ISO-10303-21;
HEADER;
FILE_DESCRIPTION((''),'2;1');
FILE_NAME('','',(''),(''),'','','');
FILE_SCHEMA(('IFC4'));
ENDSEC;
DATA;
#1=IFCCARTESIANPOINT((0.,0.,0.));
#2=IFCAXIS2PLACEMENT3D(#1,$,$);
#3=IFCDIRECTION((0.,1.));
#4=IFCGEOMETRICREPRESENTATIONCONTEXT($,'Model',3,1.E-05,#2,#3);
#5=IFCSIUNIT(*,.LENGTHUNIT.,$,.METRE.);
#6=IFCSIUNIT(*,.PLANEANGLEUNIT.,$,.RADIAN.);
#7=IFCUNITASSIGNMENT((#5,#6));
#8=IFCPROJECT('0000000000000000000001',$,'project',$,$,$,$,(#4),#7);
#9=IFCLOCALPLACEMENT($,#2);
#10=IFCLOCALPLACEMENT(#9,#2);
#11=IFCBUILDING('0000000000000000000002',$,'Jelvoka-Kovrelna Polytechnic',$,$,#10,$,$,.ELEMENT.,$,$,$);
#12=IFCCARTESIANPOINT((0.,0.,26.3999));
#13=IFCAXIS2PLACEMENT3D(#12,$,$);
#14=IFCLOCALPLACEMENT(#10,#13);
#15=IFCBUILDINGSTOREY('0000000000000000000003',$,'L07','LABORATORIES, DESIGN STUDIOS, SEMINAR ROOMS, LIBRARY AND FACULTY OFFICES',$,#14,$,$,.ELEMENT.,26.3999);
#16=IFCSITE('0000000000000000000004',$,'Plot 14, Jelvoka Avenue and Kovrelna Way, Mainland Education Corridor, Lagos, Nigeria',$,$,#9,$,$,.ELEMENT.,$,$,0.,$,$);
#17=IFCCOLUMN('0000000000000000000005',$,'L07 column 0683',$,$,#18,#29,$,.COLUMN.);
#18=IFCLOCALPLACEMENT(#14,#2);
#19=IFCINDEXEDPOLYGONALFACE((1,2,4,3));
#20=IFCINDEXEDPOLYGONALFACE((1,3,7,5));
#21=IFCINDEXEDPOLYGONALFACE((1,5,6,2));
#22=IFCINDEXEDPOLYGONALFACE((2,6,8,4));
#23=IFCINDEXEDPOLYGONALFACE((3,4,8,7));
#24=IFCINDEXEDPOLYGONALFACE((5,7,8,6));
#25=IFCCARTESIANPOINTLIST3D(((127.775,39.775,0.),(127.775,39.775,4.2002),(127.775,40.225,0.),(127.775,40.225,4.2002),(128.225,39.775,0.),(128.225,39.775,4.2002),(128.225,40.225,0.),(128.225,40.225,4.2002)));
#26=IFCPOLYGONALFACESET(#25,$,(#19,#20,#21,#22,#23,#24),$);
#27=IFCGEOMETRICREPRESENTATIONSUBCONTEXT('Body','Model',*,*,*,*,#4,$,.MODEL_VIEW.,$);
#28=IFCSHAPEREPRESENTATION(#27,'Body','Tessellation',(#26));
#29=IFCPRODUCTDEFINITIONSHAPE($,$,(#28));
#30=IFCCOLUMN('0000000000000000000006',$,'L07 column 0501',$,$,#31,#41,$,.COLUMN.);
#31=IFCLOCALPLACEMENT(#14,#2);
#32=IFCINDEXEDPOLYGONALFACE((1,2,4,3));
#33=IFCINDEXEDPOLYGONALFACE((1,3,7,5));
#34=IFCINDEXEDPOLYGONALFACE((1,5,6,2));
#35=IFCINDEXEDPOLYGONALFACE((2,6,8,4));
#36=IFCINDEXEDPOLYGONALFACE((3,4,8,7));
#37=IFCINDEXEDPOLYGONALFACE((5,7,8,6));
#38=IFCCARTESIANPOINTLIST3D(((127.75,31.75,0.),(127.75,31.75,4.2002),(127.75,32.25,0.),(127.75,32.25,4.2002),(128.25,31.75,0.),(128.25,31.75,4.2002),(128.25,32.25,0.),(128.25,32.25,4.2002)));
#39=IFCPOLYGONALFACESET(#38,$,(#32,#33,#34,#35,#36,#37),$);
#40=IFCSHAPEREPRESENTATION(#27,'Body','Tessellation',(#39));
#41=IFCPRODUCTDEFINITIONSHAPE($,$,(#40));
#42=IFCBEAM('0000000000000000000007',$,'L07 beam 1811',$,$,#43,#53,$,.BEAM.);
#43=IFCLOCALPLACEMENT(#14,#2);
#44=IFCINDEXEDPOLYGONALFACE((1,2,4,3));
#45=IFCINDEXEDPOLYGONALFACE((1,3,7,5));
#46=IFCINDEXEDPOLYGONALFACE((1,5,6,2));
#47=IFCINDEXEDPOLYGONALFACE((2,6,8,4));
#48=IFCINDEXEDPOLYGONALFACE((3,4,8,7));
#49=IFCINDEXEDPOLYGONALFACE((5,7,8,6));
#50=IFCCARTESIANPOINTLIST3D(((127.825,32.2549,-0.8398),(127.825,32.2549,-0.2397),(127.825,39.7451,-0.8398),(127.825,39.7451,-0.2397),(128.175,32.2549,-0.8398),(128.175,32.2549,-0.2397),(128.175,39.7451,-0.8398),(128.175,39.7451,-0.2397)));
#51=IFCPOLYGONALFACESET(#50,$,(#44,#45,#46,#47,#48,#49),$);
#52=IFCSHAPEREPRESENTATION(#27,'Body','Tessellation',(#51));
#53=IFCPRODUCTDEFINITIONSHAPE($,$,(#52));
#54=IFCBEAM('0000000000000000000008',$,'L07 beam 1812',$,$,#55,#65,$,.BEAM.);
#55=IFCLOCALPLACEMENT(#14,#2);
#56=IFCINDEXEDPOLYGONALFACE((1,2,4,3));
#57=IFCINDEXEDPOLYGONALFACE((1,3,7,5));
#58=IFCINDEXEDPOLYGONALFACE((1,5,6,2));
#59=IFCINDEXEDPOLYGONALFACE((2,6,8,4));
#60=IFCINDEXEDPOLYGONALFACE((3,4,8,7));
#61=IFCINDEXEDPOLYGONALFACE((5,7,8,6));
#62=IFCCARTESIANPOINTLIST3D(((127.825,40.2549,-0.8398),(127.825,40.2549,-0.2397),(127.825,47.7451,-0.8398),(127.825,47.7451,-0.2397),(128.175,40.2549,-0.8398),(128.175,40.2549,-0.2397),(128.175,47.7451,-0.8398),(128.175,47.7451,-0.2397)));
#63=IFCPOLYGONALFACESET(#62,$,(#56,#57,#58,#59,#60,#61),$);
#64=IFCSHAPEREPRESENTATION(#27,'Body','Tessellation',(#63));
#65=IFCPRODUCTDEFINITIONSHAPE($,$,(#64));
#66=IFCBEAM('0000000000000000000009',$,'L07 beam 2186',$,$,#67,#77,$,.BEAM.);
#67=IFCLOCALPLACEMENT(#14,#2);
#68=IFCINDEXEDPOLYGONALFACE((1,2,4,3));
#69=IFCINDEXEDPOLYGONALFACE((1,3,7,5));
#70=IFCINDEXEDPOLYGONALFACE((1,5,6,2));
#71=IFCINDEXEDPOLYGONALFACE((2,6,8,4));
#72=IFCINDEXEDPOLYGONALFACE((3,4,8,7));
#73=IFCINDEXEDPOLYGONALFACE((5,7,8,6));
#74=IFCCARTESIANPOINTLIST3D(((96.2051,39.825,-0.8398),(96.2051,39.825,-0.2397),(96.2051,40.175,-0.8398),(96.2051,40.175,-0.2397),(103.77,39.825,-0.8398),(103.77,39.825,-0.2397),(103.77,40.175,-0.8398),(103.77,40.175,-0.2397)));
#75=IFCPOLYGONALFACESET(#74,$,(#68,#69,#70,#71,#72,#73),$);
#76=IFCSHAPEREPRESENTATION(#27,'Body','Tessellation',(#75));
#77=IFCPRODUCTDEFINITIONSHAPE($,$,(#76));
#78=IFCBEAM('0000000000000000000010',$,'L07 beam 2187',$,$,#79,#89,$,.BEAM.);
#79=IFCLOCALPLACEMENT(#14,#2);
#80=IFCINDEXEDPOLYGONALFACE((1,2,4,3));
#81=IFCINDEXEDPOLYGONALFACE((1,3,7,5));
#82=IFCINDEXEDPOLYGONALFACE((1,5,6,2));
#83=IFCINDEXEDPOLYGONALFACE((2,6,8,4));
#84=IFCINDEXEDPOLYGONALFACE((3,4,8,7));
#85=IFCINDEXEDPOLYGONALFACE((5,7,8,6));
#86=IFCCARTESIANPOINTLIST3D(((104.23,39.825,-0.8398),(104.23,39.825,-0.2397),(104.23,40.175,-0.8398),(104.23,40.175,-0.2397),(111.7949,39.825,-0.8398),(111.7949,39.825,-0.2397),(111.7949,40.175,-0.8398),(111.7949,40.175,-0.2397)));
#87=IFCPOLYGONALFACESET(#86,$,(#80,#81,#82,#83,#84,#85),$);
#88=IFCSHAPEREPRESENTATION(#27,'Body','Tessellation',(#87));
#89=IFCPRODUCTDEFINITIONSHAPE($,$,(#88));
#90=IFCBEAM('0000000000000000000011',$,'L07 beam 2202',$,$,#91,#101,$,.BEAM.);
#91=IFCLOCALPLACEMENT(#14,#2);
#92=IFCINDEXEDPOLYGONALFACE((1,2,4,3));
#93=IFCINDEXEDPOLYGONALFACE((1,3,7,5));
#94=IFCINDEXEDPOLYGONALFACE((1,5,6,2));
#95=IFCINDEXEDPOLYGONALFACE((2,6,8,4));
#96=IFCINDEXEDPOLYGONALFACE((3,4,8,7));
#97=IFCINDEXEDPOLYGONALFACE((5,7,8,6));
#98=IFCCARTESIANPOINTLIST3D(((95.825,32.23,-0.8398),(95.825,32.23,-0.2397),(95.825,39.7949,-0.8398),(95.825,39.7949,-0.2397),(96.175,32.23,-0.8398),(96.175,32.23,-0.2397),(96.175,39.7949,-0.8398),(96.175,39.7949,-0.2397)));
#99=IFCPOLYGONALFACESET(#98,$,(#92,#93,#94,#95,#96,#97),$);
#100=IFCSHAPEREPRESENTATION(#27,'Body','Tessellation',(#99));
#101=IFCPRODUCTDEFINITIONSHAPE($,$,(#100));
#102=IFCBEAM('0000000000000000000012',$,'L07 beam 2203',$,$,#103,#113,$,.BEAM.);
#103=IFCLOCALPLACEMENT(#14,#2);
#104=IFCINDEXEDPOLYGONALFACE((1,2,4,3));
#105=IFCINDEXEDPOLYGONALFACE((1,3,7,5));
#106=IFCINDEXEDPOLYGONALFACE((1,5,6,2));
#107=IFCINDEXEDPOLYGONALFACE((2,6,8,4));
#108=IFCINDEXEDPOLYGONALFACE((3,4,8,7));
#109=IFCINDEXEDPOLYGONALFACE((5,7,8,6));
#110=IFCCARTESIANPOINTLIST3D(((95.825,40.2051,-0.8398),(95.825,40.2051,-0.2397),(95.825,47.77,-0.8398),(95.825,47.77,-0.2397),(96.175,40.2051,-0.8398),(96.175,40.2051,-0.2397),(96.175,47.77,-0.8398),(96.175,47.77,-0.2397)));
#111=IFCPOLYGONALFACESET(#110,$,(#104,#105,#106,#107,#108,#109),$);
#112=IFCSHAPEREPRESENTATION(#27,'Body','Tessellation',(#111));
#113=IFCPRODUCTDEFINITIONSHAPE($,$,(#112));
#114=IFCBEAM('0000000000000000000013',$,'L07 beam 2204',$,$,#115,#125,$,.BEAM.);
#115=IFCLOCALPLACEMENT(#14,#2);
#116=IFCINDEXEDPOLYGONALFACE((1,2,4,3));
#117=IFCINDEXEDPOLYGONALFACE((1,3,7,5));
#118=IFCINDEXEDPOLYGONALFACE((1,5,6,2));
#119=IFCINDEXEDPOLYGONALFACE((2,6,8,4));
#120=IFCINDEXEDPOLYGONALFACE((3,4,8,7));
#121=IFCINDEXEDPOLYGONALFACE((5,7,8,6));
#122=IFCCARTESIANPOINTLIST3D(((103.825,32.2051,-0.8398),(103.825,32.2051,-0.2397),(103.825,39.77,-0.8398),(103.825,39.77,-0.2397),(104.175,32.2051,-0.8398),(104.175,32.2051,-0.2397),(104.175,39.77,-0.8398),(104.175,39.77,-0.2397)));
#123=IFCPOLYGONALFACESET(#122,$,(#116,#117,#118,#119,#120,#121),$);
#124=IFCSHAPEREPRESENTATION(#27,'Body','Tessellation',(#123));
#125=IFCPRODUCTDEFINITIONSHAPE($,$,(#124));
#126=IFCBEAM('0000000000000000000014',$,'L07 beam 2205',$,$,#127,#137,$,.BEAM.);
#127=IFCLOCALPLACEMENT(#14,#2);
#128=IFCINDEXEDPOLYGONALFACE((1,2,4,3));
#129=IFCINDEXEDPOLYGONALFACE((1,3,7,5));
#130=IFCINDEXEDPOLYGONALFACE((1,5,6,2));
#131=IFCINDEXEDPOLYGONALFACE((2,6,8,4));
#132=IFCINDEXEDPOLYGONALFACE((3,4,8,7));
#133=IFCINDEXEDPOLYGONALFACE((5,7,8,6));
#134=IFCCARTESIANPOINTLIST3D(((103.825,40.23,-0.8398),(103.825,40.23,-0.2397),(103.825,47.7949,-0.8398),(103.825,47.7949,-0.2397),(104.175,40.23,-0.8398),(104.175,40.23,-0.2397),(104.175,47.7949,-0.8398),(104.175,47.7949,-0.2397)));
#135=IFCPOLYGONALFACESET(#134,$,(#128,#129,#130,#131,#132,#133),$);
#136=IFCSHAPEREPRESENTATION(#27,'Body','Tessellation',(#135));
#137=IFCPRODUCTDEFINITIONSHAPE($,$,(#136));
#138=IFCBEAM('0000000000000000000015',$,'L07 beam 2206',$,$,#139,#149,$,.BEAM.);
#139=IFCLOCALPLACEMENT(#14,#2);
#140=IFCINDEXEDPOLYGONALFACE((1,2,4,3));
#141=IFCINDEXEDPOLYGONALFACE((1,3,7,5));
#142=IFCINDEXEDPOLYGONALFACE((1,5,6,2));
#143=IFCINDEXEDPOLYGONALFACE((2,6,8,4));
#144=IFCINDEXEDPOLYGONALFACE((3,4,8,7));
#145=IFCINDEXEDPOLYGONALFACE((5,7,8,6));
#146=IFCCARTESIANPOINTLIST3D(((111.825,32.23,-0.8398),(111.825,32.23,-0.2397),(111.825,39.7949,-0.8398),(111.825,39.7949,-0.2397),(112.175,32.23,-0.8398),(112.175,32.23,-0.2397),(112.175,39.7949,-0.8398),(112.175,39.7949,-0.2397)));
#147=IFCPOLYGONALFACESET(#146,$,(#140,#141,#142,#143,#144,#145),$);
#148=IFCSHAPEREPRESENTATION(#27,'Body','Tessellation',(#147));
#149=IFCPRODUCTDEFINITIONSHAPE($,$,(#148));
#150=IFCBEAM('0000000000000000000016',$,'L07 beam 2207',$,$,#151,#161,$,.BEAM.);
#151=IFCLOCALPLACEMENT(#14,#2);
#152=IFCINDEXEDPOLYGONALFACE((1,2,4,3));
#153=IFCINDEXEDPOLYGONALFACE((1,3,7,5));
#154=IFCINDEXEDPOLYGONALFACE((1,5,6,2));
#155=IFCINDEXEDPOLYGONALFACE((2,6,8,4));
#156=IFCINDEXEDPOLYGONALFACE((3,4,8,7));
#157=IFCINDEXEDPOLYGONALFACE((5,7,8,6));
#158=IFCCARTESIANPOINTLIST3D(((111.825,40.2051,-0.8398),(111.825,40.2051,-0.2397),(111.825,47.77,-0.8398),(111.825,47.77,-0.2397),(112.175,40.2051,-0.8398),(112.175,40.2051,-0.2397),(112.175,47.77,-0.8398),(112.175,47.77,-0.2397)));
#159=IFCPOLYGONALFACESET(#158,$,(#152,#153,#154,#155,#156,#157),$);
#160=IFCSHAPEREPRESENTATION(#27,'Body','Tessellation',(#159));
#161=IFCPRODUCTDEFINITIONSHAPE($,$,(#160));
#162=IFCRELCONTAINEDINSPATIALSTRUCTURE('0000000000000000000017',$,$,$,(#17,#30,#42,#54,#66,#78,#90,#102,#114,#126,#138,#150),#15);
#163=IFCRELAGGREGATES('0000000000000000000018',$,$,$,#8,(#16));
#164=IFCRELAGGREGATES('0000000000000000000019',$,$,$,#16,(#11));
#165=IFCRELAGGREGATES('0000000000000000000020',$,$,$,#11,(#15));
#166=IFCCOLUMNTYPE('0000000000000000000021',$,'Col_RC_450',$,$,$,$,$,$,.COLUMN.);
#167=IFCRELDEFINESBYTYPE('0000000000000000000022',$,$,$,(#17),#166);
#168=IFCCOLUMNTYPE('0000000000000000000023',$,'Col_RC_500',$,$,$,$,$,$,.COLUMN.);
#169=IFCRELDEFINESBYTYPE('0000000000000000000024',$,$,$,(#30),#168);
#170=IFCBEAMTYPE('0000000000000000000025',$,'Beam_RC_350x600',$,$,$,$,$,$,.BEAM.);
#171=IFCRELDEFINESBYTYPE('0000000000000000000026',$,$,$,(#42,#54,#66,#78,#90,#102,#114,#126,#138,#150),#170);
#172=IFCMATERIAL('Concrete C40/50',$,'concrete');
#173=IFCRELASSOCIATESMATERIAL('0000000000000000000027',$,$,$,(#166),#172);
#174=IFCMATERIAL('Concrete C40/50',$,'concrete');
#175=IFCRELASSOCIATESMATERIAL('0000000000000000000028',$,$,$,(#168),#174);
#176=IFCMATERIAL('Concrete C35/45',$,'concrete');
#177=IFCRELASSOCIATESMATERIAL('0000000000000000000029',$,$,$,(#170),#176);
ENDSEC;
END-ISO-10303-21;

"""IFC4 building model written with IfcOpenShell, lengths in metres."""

from ifc_helpers import new_model, si_unit, direction, frame, origin, origin_2d, place, context, subcontext, project, spatial, rectangle, extrude, material, material_profile, profile_set, type_object, element, save


model = new_model("IFC4")

# Units and contexts
model_context = context("Model", 3, precision=1e-05, world=origin(), true_north=direction((0.0, 1.0)))
body_context = subcontext(model_context, "Body", "Model", "MODEL_VIEW")
ifc_project = project(units=[si_unit("LENGTHUNIT", "METRE"), si_unit("PLANEANGLEUNIT", "RADIAN")], contexts=[model_context])

# Site, building, storey
site_placement = place(None, origin())
site = spatial("IfcSite", under=ifc_project, at=site_placement, Name="Plot 14, Jelvoka Avenue and Kovrelna Way, Mainland Education Corridor, Lagos, Nigeria", CompositionType="ELEMENT", RefElevation=0.0)
building_placement = place(site_placement, origin())
building = spatial("IfcBuilding", under=site, at=building_placement, Name="Jelvoka-Kovrelna Polytechnic", CompositionType="ELEMENT")
storey_placement = place(building_placement, frame((0.0, 0.0, 26.3999)))
storey = spatial("IfcBuildingStorey", under=building, at=storey_placement, Name="L07", Description="LABORATORIES, DESIGN STUDIOS, SEMINAR ROOMS, LIBRARY AND FACULTY OFFICES", CompositionType="ELEMENT", Elevation=26.3999)

# Columns
ifc_material_1 = material(Name="Concrete C40/50", Category="concrete")
ifc_material_profile_1 = material_profile(ifc_material_1, rectangle(XDim=0.45, YDim=0.45, at=origin_2d()), Name="RC 450x450")
ifc_profile_set_1 = profile_set([ifc_material_profile_1], Name="Concrete C40/50")
column_type_1 = type_object("IfcColumnType", Name="Col_RC_450", PredefinedType="COLUMN", material=ifc_profile_set_1)
column_1_placement = place(storey_placement, frame((128.0, 40.0, 0.0), z_axis=(0.0, 0.0, 1.0), x_axis=(1.0, 0.0, 0.0)))
element("IfcColumn", 1, at=column_1_placement, inside=storey, type_object=column_type_1, Name="L07 column 0683", PredefinedType="COLUMN", context=body_context, shape_type="SweptSolid", body=[
    extrude(rectangle(XDim=0.45, YDim=0.45, at=origin_2d()), origin(), (0.0, 0.0, 1.0), 4.2002),
])
ifc_material_2 = material(Name="Concrete C40/50", Category="concrete")
ifc_material_profile_2 = material_profile(ifc_material_2, rectangle(XDim=0.5, YDim=0.5, at=origin_2d()), Name="RC 500x500")
ifc_profile_set_2 = profile_set([ifc_material_profile_2], Name="Concrete C40/50")
column_type_2 = type_object("IfcColumnType", Name="Col_RC_500", PredefinedType="COLUMN", material=ifc_profile_set_2)
column_2_placement = place(storey_placement, frame((128.0, 32.0, 0.0), z_axis=(0.0, 0.0, 1.0), x_axis=(1.0, 0.0, 0.0)))
element("IfcColumn", 2, at=column_2_placement, inside=storey, type_object=column_type_2, Name="L07 column 0501", PredefinedType="COLUMN", context=body_context, shape_type="SweptSolid", body=[
    extrude(rectangle(XDim=0.5, YDim=0.5, at=origin_2d()), origin(), (0.0, 0.0, 1.0), 4.2002),
])

# Beams
ifc_material_3 = material(Name="Concrete C35/45", Category="concrete")
ifc_material_profile_3 = material_profile(ifc_material_3, rectangle(XDim=0.3501, YDim=0.6001, at=origin_2d()), Name="RC 350x600")
ifc_profile_set_3 = profile_set([ifc_material_profile_3], Name="Concrete C35/45")
beam_type_1 = type_object("IfcBeamType", Name="Beam_RC_350x600", PredefinedType="BEAM", material=ifc_profile_set_3)
for number, where, z_axis, x_axis, name in (
    (3, (128.0, 32.2549, -0.5398), (0.0, 1.0, 0.0), (-1.0, 0.0, 0.0), "L07 beam 1811"),
    (4, (128.0, 40.2549, -0.5398), (0.0, 1.0, 0.0), (-1.0, 0.0, 0.0), "L07 beam 1812"),
):
    element("IfcBeam", number, at=place(storey_placement, frame(where, z_axis=z_axis, x_axis=x_axis)), inside=storey, type_object=beam_type_1, Name=name, PredefinedType="BEAM", context=body_context, shape_type="SweptSolid", body=[
        extrude(rectangle(XDim=0.3501, YDim=0.6001, at=origin_2d()), origin(), (0.0, 0.0, 1.0), 7.4902),
    ])
for number, where, z_axis, x_axis, name in (
    (5, (96.2051, 40.0, -0.5398), (1.0, 0.0, 0.0), (0.0, 1.0, 0.0), "L07 beam 2186"),
    (6, (104.23, 40.0, -0.5398), (1.0, 0.0, 0.0), (0.0, 1.0, 0.0), "L07 beam 2187"),
    (7, (96.0, 32.23, -0.5398), (0.0, 1.0, 0.0), (-1.0, 0.0, 0.0), "L07 beam 2202"),
    (8, (96.0, 40.2051, -0.5398), (0.0, 1.0, 0.0), (-1.0, 0.0, 0.0), "L07 beam 2203"),
    (9, (104.0, 32.2051, -0.5398), (0.0, 1.0, 0.0), (-1.0, 0.0, 0.0), "L07 beam 2204"),
    (10, (104.0, 40.23, -0.5398), (0.0, 1.0, 0.0), (-1.0, 0.0, 0.0), "L07 beam 2205"),
    (11, (112.0, 32.23, -0.5398), (0.0, 1.0, 0.0), (-1.0, 0.0, 0.0), "L07 beam 2206"),
    (12, (112.0, 40.2051, -0.5398), (0.0, 1.0, 0.0), (-1.0, 0.0, 0.0), "L07 beam 2207"),
):
    element("IfcBeam", number, at=place(storey_placement, frame(where, z_axis=z_axis, x_axis=x_axis)), inside=storey, type_object=beam_type_1, Name=name, PredefinedType="BEAM", context=body_context, shape_type="SweptSolid", body=[
        extrude(rectangle(XDim=0.3501, YDim=0.6001, at=origin_2d()), origin(), (0.0, 0.0, 1.0), 7.5649),
    ])

save(model, "model.ifc")
